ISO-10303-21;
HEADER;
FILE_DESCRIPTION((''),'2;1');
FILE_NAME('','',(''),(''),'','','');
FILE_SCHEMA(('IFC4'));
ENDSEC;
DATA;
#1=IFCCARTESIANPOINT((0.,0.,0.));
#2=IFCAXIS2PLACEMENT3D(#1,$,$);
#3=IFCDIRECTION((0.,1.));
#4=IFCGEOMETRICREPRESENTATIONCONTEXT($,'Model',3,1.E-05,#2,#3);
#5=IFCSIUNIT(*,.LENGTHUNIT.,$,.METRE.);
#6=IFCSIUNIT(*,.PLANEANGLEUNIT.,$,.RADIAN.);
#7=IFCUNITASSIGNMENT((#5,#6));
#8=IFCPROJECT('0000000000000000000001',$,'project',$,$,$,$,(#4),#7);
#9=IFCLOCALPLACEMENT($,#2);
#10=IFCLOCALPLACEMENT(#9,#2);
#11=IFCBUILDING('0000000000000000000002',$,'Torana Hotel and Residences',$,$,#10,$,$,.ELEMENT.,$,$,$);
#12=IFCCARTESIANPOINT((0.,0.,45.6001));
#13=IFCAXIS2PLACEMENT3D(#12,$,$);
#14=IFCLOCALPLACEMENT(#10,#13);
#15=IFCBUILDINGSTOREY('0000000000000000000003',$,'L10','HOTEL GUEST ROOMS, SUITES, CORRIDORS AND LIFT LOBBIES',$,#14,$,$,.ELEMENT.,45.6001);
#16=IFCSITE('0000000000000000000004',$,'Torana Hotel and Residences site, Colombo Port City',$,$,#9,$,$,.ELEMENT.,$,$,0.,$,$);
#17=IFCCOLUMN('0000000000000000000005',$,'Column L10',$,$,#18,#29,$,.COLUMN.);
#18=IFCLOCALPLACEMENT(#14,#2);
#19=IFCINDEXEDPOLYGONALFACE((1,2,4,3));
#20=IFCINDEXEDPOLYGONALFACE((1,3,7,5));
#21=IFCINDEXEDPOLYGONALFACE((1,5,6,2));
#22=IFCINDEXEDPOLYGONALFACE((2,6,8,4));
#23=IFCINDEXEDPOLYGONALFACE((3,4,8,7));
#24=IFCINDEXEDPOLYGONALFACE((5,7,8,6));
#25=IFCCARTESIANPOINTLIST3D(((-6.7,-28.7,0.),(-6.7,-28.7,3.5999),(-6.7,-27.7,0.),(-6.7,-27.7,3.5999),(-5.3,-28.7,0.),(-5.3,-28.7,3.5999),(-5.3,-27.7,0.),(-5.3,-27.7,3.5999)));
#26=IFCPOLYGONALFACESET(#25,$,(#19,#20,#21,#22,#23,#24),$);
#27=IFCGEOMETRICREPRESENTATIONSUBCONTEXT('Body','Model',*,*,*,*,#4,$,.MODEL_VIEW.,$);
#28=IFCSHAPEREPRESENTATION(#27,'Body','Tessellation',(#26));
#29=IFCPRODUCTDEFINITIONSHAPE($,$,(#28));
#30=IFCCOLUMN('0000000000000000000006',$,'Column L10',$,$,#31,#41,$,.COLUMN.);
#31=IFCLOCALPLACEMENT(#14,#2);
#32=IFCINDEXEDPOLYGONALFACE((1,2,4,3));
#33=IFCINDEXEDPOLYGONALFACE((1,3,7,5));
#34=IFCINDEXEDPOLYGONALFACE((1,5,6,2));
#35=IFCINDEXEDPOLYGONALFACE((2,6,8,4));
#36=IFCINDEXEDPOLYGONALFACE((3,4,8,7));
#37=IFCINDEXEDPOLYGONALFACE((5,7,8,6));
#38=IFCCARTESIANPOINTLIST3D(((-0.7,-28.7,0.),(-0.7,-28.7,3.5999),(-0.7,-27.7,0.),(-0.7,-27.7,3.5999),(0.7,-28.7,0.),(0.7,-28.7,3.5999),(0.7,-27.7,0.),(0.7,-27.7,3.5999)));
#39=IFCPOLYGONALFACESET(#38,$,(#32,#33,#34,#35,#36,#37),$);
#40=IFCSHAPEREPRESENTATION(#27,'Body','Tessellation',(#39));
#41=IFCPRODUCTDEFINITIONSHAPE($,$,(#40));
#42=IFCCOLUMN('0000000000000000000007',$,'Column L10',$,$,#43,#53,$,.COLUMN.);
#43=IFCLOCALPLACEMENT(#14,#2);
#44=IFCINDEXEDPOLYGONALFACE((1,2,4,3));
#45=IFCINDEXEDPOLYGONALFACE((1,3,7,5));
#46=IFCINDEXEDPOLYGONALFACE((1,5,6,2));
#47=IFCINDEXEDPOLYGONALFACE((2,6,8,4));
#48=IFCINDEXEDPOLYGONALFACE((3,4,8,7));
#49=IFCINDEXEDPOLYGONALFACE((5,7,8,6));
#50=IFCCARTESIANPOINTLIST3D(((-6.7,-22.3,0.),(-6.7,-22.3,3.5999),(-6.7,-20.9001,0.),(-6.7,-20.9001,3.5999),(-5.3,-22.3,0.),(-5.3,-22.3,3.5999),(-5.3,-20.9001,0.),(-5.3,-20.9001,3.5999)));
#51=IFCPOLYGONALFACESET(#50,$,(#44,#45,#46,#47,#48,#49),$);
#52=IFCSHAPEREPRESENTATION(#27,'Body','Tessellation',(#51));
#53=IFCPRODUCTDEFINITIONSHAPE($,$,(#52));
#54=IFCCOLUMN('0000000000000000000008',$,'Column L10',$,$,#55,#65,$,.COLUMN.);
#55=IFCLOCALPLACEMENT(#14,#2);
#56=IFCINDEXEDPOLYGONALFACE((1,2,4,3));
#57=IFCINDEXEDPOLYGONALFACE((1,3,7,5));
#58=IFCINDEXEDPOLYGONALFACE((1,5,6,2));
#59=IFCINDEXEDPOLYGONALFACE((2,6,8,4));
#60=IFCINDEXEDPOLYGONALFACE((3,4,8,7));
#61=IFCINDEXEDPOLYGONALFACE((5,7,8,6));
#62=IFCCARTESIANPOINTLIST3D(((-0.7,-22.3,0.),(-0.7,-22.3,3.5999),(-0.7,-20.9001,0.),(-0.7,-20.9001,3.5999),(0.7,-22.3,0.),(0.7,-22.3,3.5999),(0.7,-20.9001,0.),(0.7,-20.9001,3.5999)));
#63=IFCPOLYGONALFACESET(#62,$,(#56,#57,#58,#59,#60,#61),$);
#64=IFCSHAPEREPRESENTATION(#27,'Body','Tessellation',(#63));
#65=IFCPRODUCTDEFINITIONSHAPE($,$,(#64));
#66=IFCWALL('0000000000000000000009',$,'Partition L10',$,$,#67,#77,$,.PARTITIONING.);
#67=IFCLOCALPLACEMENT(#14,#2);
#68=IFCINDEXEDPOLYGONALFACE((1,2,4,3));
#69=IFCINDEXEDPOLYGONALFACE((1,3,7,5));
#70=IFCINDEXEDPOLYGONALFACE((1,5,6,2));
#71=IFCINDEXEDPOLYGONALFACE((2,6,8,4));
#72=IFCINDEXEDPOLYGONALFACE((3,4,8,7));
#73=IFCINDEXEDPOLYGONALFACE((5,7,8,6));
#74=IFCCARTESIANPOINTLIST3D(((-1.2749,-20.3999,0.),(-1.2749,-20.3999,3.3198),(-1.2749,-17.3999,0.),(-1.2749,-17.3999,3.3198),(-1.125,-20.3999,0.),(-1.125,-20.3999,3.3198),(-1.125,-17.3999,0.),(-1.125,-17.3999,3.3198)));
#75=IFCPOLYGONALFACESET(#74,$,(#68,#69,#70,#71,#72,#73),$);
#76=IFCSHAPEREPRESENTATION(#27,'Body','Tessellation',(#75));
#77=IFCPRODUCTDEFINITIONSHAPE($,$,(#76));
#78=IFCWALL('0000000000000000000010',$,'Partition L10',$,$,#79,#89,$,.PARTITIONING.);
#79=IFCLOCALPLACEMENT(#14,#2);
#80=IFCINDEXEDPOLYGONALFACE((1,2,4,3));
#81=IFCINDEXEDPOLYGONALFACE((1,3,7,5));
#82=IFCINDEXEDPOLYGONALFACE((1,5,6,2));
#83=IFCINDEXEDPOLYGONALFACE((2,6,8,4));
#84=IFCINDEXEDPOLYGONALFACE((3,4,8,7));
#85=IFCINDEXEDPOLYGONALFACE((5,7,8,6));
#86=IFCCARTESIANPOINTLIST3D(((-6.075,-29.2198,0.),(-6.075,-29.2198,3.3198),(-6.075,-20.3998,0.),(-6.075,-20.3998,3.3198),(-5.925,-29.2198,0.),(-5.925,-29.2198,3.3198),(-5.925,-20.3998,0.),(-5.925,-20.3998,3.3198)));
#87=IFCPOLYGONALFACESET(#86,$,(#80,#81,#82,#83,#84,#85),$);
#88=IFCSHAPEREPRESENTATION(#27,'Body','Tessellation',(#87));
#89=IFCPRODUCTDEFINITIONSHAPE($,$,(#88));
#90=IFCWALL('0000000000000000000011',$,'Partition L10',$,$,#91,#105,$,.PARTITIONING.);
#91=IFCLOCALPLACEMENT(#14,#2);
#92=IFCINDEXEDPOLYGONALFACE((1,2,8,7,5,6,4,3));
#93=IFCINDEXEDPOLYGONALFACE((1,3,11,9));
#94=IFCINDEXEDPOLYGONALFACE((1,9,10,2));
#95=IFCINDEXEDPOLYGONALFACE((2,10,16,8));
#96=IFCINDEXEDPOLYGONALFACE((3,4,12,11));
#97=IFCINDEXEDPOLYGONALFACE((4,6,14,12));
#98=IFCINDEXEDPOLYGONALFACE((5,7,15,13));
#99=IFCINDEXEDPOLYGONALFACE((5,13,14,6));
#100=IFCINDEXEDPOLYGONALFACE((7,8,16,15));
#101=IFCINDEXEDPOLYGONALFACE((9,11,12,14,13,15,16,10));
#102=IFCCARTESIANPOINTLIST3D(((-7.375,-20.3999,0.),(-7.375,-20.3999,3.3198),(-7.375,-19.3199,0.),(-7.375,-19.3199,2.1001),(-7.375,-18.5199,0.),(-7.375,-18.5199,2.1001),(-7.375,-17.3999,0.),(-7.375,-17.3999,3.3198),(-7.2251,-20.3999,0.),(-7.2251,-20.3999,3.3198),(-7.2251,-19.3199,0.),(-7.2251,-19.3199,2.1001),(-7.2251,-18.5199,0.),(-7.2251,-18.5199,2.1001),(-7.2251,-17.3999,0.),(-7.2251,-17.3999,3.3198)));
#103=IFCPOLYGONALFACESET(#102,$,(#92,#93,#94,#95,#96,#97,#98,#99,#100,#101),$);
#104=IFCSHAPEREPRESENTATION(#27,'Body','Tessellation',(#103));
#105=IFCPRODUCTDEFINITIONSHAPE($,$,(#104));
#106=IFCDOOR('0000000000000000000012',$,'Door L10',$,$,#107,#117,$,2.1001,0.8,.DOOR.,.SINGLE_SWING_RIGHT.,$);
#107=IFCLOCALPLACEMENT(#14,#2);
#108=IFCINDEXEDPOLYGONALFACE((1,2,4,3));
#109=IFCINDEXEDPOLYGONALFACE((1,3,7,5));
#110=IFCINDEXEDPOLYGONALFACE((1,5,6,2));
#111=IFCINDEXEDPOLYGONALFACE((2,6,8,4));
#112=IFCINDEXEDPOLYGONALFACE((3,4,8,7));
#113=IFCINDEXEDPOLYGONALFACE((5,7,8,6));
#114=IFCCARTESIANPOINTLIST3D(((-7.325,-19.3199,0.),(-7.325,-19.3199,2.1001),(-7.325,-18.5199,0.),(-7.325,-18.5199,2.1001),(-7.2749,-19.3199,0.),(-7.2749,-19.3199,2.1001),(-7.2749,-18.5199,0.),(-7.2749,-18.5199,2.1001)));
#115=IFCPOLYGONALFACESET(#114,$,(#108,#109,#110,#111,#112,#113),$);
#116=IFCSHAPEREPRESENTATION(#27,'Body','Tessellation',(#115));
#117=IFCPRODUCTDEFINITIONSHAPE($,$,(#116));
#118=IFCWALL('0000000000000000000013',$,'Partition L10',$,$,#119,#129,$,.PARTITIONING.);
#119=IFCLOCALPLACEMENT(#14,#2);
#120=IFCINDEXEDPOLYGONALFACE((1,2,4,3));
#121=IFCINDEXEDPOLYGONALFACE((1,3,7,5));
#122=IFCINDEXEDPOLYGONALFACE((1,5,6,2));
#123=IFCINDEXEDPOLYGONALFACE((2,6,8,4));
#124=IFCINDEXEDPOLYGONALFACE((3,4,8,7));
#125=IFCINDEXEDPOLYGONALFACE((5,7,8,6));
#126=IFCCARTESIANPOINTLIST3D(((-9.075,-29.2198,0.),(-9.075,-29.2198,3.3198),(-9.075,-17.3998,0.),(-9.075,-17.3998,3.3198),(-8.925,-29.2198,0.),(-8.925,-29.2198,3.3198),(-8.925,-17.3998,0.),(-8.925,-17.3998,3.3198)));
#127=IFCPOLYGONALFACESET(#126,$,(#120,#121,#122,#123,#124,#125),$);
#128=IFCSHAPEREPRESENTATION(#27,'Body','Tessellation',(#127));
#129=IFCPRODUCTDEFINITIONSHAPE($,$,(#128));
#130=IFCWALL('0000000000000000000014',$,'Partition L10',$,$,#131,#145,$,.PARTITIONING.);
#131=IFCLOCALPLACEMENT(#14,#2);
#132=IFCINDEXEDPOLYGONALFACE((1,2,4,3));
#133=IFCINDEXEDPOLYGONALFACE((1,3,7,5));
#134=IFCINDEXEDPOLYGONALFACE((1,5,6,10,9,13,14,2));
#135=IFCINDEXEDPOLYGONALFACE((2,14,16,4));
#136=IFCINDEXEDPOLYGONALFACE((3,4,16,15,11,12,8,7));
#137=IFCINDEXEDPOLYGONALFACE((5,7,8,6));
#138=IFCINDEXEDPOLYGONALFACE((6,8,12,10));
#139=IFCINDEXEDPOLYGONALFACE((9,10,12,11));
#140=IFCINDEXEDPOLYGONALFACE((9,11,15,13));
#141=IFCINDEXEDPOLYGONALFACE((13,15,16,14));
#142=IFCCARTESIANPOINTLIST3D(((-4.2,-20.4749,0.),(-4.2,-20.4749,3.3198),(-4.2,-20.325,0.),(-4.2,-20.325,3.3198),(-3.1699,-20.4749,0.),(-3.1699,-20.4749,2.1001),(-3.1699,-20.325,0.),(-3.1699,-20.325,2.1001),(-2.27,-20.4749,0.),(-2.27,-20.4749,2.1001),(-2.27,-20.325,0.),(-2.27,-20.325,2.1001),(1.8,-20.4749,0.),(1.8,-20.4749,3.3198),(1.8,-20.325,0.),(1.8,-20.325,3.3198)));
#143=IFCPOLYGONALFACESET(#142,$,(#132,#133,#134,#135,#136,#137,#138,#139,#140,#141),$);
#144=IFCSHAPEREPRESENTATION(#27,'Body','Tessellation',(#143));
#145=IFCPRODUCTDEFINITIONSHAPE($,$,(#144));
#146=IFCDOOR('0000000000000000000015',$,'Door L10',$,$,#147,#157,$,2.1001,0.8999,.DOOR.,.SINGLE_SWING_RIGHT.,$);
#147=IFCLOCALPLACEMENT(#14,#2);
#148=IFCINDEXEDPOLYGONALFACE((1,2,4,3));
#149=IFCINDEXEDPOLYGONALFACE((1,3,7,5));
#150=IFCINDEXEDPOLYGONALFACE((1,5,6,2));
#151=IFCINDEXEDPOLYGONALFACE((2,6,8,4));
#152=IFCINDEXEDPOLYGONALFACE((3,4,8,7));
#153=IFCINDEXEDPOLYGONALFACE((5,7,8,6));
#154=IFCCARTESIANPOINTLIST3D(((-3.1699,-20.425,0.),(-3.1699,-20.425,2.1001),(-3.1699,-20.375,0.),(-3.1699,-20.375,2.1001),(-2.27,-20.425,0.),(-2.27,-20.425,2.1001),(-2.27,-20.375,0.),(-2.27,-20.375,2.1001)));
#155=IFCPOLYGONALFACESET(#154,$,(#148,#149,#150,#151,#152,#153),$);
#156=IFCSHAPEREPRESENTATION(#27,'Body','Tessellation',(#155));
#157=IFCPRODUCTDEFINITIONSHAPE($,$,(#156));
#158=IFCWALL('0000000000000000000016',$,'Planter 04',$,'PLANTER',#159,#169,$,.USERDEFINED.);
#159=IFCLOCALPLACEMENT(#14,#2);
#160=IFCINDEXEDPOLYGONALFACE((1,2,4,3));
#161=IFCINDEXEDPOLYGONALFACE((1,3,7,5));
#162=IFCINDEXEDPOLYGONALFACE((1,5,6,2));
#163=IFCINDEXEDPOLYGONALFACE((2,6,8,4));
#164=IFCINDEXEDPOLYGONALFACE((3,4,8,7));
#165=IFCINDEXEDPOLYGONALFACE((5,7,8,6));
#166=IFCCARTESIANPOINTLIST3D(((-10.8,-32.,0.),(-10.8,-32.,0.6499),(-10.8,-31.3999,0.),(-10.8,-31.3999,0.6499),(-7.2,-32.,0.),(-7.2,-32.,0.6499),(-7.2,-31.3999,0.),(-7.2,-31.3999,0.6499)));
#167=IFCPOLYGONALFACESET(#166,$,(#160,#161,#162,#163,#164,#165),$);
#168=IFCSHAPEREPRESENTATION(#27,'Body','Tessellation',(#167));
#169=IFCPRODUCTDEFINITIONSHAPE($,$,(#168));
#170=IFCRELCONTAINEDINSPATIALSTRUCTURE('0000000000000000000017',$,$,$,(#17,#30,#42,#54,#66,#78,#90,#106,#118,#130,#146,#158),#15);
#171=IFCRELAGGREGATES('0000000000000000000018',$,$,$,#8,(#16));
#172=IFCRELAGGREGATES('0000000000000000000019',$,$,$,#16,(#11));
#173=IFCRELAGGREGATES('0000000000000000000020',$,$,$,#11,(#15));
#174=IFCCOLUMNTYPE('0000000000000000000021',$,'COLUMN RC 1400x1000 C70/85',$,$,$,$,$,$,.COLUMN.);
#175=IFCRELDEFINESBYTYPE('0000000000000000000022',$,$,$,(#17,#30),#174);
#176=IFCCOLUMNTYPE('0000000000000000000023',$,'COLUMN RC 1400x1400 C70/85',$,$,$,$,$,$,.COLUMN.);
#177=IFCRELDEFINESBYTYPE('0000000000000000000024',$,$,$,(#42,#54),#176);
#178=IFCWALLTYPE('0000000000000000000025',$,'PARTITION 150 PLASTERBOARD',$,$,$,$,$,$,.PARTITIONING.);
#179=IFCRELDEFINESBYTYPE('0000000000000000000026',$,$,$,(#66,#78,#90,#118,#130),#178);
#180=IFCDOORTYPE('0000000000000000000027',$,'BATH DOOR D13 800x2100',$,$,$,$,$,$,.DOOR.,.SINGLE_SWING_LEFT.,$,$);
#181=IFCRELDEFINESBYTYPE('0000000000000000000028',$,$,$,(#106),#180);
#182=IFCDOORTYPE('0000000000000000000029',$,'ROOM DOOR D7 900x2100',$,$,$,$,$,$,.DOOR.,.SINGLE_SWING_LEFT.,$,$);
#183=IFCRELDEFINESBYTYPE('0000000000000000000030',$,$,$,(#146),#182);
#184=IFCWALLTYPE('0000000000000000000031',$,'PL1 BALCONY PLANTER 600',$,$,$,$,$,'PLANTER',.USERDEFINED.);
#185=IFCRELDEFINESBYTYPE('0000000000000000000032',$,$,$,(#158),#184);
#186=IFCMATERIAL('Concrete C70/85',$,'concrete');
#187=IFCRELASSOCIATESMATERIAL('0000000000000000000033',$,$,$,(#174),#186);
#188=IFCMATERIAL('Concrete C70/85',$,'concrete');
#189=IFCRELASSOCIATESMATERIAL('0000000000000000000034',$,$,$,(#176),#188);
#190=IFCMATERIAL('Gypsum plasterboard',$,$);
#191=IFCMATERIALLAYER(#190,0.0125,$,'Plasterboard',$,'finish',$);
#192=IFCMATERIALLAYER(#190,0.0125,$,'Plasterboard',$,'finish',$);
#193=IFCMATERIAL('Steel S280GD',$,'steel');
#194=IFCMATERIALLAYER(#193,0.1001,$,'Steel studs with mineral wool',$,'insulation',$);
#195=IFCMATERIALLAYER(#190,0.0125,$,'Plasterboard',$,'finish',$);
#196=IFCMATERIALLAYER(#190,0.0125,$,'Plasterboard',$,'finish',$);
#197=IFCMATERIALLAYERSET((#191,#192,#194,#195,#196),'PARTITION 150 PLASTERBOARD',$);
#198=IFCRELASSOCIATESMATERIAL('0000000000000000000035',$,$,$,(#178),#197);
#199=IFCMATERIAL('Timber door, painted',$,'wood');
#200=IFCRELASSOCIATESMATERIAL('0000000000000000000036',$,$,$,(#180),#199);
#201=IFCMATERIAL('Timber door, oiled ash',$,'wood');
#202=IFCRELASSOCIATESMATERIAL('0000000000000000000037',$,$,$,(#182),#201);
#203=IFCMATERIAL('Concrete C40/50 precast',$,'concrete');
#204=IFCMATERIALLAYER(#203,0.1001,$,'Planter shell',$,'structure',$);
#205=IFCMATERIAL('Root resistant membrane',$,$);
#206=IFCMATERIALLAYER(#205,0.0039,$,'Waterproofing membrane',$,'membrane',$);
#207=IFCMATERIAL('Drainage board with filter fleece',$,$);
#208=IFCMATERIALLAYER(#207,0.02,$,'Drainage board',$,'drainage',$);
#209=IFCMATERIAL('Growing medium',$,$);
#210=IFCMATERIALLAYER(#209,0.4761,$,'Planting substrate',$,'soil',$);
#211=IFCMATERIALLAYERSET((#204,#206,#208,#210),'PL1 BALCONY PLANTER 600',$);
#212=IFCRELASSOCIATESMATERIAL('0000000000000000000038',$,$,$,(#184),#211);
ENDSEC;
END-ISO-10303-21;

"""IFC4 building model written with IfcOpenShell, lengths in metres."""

from ifc_helpers import new_model, si_unit, direction, frame, frame_2d, origin, origin_2d, place, context, subcontext, project, spatial, rectangle, extrude, material, layer, layer_set, material_profile, profile_set, type_object, element, fill, save


model = new_model("IFC4")

# Units and contexts
model_context = context("Model", 3, precision=1e-05, world=origin(), true_north=direction((0.0, 1.0)))
body_context = subcontext(model_context, "Body", "Model", "MODEL_VIEW")
ifc_project = project(units=[si_unit("LENGTHUNIT", "METRE"), si_unit("PLANEANGLEUNIT", "RADIAN")], contexts=[model_context])

# Site, building, storey
site_placement = place(None, origin())
site = spatial("IfcSite", under=ifc_project, at=site_placement, Name="Torana Hotel and Residences site, Colombo Port City", CompositionType="ELEMENT", RefElevation=0.0)
building_placement = place(site_placement, origin())
building = spatial("IfcBuilding", under=site, at=building_placement, Name="Torana Hotel and Residences", CompositionType="ELEMENT")
storey_placement = place(building_placement, frame((0.0, 0.0, 45.6001)))
storey = spatial("IfcBuildingStorey", under=building, at=storey_placement, Name="L10", Description="HOTEL GUEST ROOMS, SUITES, CORRIDORS AND LIFT LOBBIES", CompositionType="ELEMENT", Elevation=45.6001)

# Columns
ifc_material_1 = material(Name="Concrete C70/85", Category="concrete")
ifc_material_profile_1 = material_profile(ifc_material_1, rectangle(XDim=1.3999, YDim=1.0, at=origin_2d()), Name="RC 1400x1000")
ifc_profile_set_1 = profile_set([ifc_material_profile_1], Name="Concrete C70/85")
column_type_1 = type_object("IfcColumnType", Name="COLUMN RC 1400x1000 C70/85", PredefinedType="COLUMN", material=ifc_profile_set_1)
for number, where, z_axis, x_axis, name in (
    (1, (-6.0, -28.2, 0.0), (0.0, 0.0, 1.0), (1.0, 0.0, 0.0), "Column L10"),
    (2, (0.0, -28.2, 0.0), (0.0, 0.0, 1.0), (1.0, 0.0, 0.0), "Column L10"),
):
    element("IfcColumn", number, at=place(storey_placement, frame(where, z_axis=z_axis, x_axis=x_axis)), inside=storey, type_object=column_type_1, Name=name, PredefinedType="COLUMN", context=body_context, shape_type="SweptSolid", body=[
        extrude(rectangle(XDim=1.3999, YDim=1.0, at=origin_2d()), origin(), (0.0, 0.0, 1.0), 3.5999),
    ])
ifc_material_2 = material(Name="Concrete C70/85", Category="concrete")
ifc_material_profile_2 = material_profile(ifc_material_2, rectangle(XDim=1.3999, YDim=1.3999, at=origin_2d()), Name="RC 1400x1400")
ifc_profile_set_2 = profile_set([ifc_material_profile_2], Name="Concrete C70/85")
column_type_2 = type_object("IfcColumnType", Name="COLUMN RC 1400x1400 C70/85", PredefinedType="COLUMN", material=ifc_profile_set_2)
for number, where, z_axis, x_axis, name in (
    (3, (-6.0, -21.6001, 0.0), (0.0, 0.0, 1.0), (1.0, 0.0, 0.0), "Column L10"),
    (4, (0.0, -21.6001, 0.0), (0.0, 0.0, 1.0), (1.0, 0.0, 0.0), "Column L10"),
):
    element("IfcColumn", number, at=place(storey_placement, frame(where, z_axis=z_axis, x_axis=x_axis)), inside=storey, type_object=column_type_2, Name=name, PredefinedType="COLUMN", context=body_context, shape_type="SweptSolid", body=[
        extrude(rectangle(XDim=1.3999, YDim=1.3999, at=origin_2d()), origin(), (0.0, 0.0, 1.0), 3.5999),
    ])

# Walls
ifc_material_3 = material(Name="Gypsum plasterboard")
ifc_layer_1 = layer(ifc_material_3, 0.0125, Name="Plasterboard", Category="finish")
ifc_layer_2 = layer(ifc_material_3, 0.0125, Name="Plasterboard", Category="finish")
ifc_material_4 = material(Name="Steel S280GD", Category="steel")
ifc_layer_3 = layer(ifc_material_4, 0.1001, Name="Steel studs with mineral wool", Category="insulation")
ifc_layer_4 = layer(ifc_material_3, 0.0125, Name="Plasterboard", Category="finish")
ifc_layer_5 = layer(ifc_material_3, 0.0125, Name="Plasterboard", Category="finish")
ifc_layer_set_1 = layer_set([ifc_layer_1, ifc_layer_2, ifc_layer_3, ifc_layer_4, ifc_layer_5], Name="PARTITION 150 PLASTERBOARD")
wall_type_1 = type_object("IfcWallType", Name="PARTITION 150 PLASTERBOARD", PredefinedType="PARTITIONING", material=ifc_layer_set_1)
wall_1_placement = place(storey_placement, frame((-1.2, -20.3999, 0.0), z_axis=(0.0, 0.0, 1.0), x_axis=(0.0, 1.0, 0.0)))
element("IfcWall", 5, at=wall_1_placement, inside=storey, type_object=wall_type_1, Name="Partition L10", PredefinedType="PARTITIONING", context=body_context, shape_type="SweptSolid", body=[
    extrude(rectangle(XDim=3.0, YDim=0.1499, at=frame_2d((1.5, 0.0))), origin(), (0.0, 0.0, 1.0), 3.3198),
])
wall_2_placement = place(storey_placement, frame((-6.0, -29.22, 0.0), z_axis=(0.0, 0.0, 1.0), x_axis=(0.0, 1.0, 0.0)))
element("IfcWall", 6, at=wall_2_placement, inside=storey, type_object=wall_type_1, Name="Partition L10", PredefinedType="PARTITIONING", context=body_context, shape_type="SweptSolid", body=[
    extrude(rectangle(XDim=8.8201, YDim=0.1499, at=frame_2d((4.4102, 0.0))), origin(), (0.0, 0.0, 1.0), 3.3198),
])

# Wall, opening, door
wall_3_placement = place(storey_placement, frame((-7.3, -20.3999, 0.0), z_axis=(0.0, 0.0, 1.0), x_axis=(0.0, 1.0, 0.0)))
wall_3 = element("IfcWall", 7, at=wall_3_placement, inside=storey, type_object=wall_type_1, Name="Partition L10", PredefinedType="PARTITIONING", context=body_context, shape_type="SweptSolid", body=[
    extrude(rectangle(XDim=3.0, YDim=0.1499, at=frame_2d((1.5, 0.0))), origin(), (0.0, 0.0, 1.0), 3.3198),
])
opening_1_placement = place(wall_3_placement, frame((1.0801, 0.0, 0.0)))
opening_1 = element("IfcOpeningElement", 8, at=opening_1_placement, cuts=wall_3, PredefinedType="OPENING", context=body_context, shape_type="SweptSolid", body=[
    extrude(rectangle(XDim=0.8, YDim=2.1001, at=frame_2d((0.3999, 1.05))), frame((0.0, 0.085, 0.0), z_axis=(0.0, -1.0, 0.0), x_axis=(1.0, 0.0, 0.0)), (0.0, 0.0, 1.0), 0.1699),
])
ifc_material_5 = material(Name="Timber door, painted", Category="wood")
door_type_1 = type_object("IfcDoorType", Name="BATH DOOR D13 800x2100", OperationType="SINGLE_SWING_LEFT", PredefinedType="DOOR", material=ifc_material_5)
door_1_placement = place(opening_1_placement, origin())
door_1 = element("IfcDoor", 9, at=door_1_placement, inside=storey, type_object=door_type_1, Name="Door L10", OperationType="SINGLE_SWING_RIGHT", OverallHeight=2.1001, OverallWidth=0.8, PredefinedType="DOOR", context=body_context, shape_type="SweptSolid", body=[
    extrude(rectangle(XDim=0.8, YDim=2.1001, at=frame_2d((0.3999, 1.05))), frame((0.0, 0.0249, 0.0), z_axis=(0.0, -1.0, 0.0), x_axis=(1.0, 0.0, 0.0)), (0.0, 0.0, 1.0), 0.05),
])
fill(opening_1, door_1)

# Wall
wall_4_placement = place(storey_placement, frame((-9.0, -29.22, 0.0), z_axis=(0.0, 0.0, 1.0), x_axis=(0.0, 1.0, 0.0)))
element("IfcWall", 10, at=wall_4_placement, inside=storey, type_object=wall_type_1, Name="Partition L10", PredefinedType="PARTITIONING", context=body_context, shape_type="SweptSolid", body=[
    extrude(rectangle(XDim=11.8201, YDim=0.1499, at=frame_2d((5.9102, 0.0))), origin(), (0.0, 0.0, 1.0), 3.3198),
])

# Wall, opening, door
wall_5_placement = place(storey_placement, frame((-4.2, -20.3999, 0.0), z_axis=(0.0, 0.0, 1.0), x_axis=(1.0, 0.0, 0.0)))
wall_5 = element("IfcWall", 11, at=wall_5_placement, inside=storey, type_object=wall_type_1, Name="Partition L10", PredefinedType="PARTITIONING", context=body_context, shape_type="SweptSolid", body=[
    extrude(rectangle(XDim=6.0, YDim=0.1499, at=frame_2d((3.0, 0.0))), origin(), (0.0, 0.0, 1.0), 3.3198),
])
opening_2_placement = place(wall_5_placement, frame((1.03, 0.0, 0.0)))
opening_2 = element("IfcOpeningElement", 12, at=opening_2_placement, cuts=wall_5, PredefinedType="OPENING", context=body_context, shape_type="SweptSolid", body=[
    extrude(rectangle(XDim=0.8999, YDim=2.1001, at=frame_2d((0.45, 1.05))), frame((0.0, 0.085, 0.0), z_axis=(0.0, -1.0, 0.0), x_axis=(1.0, 0.0, 0.0)), (0.0, 0.0, 1.0), 0.1699),
])
ifc_material_6 = material(Name="Timber door, oiled ash", Category="wood")
door_type_2 = type_object("IfcDoorType", Name="ROOM DOOR D7 900x2100", OperationType="SINGLE_SWING_LEFT", PredefinedType="DOOR", material=ifc_material_6)
door_2_placement = place(opening_2_placement, origin())
door_2 = element("IfcDoor", 13, at=door_2_placement, inside=storey, type_object=door_type_2, Name="Door L10", OperationType="SINGLE_SWING_RIGHT", OverallHeight=2.1001, OverallWidth=0.8999, PredefinedType="DOOR", context=body_context, shape_type="SweptSolid", body=[
    extrude(rectangle(XDim=0.8999, YDim=2.1001, at=frame_2d((0.45, 1.05))), frame((0.0, 0.0249, 0.0), z_axis=(0.0, -1.0, 0.0), x_axis=(1.0, 0.0, 0.0)), (0.0, 0.0, 1.0), 0.05),
])
fill(opening_2, door_2)

# Wall
ifc_material_7 = material(Name="Concrete C40/50 precast", Category="concrete")
ifc_layer_6 = layer(ifc_material_7, 0.1001, Name="Planter shell", Category="structure")
ifc_material_8 = material(Name="Root resistant membrane")
ifc_layer_7 = layer(ifc_material_8, 0.0039, Name="Waterproofing membrane", Category="membrane")
ifc_material_9 = material(Name="Drainage board with filter fleece")
ifc_layer_8 = layer(ifc_material_9, 0.02, Name="Drainage board", Category="drainage")
ifc_material_10 = material(Name="Growing medium")
ifc_layer_9 = layer(ifc_material_10, 0.4761, Name="Planting substrate", Category="soil")
ifc_layer_set_2 = layer_set([ifc_layer_6, ifc_layer_7, ifc_layer_8, ifc_layer_9], Name="PL1 BALCONY PLANTER 600")
wall_type_2 = type_object("IfcWallType", Name="PL1 BALCONY PLANTER 600", ElementType="PLANTER", PredefinedType="USERDEFINED", material=ifc_layer_set_2)
for number, where, z_axis, x_axis, name in (
    (14, (-7.2, -31.7, 0.0), (0.0, 0.0, 1.0), (-1.0, 0.0, 0.0), "Planter 04"),
):
    element("IfcWall", number, at=place(storey_placement, frame(where, z_axis=z_axis, x_axis=x_axis)), inside=storey, type_object=wall_type_2, Name=name, ObjectType="PLANTER", PredefinedType="USERDEFINED", context=body_context, shape_type="SweptSolid", body=[
        extrude(rectangle(XDim=3.6001, YDim=0.6001, at=frame_2d((1.8, 0.0))), origin(), (0.0, 0.0, 1.0), 0.6499),
    ])

save(model, "model.ifc")
